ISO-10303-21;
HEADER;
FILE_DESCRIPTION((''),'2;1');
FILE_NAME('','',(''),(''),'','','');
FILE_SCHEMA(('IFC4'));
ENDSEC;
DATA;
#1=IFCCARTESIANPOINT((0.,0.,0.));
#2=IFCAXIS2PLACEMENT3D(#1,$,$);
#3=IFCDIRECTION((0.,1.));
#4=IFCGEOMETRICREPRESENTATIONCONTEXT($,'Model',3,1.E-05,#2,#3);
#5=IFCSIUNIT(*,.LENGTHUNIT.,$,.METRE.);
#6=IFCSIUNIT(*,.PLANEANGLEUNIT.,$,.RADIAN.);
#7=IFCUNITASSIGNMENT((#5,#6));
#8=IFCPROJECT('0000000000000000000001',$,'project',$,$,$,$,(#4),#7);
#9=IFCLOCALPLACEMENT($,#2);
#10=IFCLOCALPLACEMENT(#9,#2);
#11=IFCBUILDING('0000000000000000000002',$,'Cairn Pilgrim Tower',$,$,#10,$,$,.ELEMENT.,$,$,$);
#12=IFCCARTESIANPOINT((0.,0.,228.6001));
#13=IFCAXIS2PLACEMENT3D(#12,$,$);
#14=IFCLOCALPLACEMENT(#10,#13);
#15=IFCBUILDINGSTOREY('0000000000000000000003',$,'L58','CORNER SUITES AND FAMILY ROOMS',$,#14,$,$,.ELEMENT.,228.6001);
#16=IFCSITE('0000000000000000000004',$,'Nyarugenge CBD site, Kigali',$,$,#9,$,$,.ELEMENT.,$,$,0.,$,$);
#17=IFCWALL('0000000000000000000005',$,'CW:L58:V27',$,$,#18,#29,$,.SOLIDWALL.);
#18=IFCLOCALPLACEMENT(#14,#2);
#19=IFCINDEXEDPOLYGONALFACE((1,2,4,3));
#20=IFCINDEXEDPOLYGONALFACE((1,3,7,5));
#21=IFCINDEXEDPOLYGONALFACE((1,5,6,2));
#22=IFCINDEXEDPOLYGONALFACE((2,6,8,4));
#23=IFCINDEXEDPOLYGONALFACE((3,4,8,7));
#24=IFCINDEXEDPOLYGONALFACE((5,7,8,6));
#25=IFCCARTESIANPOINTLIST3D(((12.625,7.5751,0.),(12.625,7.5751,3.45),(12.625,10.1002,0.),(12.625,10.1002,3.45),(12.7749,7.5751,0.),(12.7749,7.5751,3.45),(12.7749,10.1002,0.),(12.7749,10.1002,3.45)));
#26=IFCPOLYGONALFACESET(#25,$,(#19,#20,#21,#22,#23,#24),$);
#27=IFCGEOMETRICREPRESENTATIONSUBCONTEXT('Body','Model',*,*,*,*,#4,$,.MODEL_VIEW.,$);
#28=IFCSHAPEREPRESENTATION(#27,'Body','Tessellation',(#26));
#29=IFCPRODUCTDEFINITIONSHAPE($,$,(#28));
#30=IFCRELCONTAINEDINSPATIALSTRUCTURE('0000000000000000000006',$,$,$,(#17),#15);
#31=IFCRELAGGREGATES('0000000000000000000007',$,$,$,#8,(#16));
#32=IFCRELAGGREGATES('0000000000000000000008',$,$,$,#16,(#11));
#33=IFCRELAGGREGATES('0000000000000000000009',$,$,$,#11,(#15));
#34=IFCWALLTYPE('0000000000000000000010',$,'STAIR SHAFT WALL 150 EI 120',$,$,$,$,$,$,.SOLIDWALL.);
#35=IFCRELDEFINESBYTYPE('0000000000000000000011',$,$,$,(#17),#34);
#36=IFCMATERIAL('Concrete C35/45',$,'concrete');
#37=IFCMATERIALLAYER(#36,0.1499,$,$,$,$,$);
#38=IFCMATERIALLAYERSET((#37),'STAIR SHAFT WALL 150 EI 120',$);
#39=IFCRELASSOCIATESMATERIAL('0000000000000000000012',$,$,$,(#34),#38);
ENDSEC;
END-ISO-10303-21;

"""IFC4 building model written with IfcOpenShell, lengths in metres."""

from ifc_helpers import new_model, si_unit, direction, frame, frame_2d, origin, place, context, subcontext, project, spatial, rectangle, extrude, material, layer, layer_set, type_object, element, save


model = new_model("IFC4")

# Units and contexts
model_context = context("Model", 3, precision=1e-05, world=origin(), true_north=direction((0.0, 1.0)))
body_context = subcontext(model_context, "Body", "Model", "MODEL_VIEW")
ifc_project = project(units=[si_unit("LENGTHUNIT", "METRE"), si_unit("PLANEANGLEUNIT", "RADIAN")], contexts=[model_context])

# Site, building, storey
site_placement = place(None, origin())
site = spatial("IfcSite", under=ifc_project, at=site_placement, Name="Nyarugenge CBD site, Kigali", CompositionType="ELEMENT", RefElevation=0.0)
building_placement = place(site_placement, origin())
building = spatial("IfcBuilding", under=site, at=building_placement, Name="Cairn Pilgrim Tower", CompositionType="ELEMENT")
storey_placement = place(building_placement, frame((0.0, 0.0, 228.6001)))
storey = spatial("IfcBuildingStorey", under=building, at=storey_placement, Name="L58", Description="CORNER SUITES AND FAMILY ROOMS", CompositionType="ELEMENT", Elevation=228.6001)

# Wall
ifc_material_1 = material(Name="Concrete C35/45", Category="concrete")
ifc_layer_1 = layer(ifc_material_1, 0.1499)
ifc_layer_set_1 = layer_set([ifc_layer_1], Name="STAIR SHAFT WALL 150 EI 120")
wall_type_1 = type_object("IfcWallType", Name="STAIR SHAFT WALL 150 EI 120", PredefinedType="SOLIDWALL", material=ifc_layer_set_1)
wall_1_placement = place(storey_placement, frame((12.7, 7.575, 0.0), z_axis=(0.0, 0.0, 1.0), x_axis=(0.0, 1.0, 0.0)))
element("IfcWall", 1, at=wall_1_placement, inside=storey, type_object=wall_type_1, Name="CW:L58:V27", PredefinedType="SOLIDWALL", context=body_context, shape_type="SweptSolid", body=[
    extrude(rectangle(XDim=2.5251, YDim=0.1499, at=frame_2d((1.2627, 0.0))), origin(), (0.0, 0.0, 1.0), 3.45),
])

save(model, "model.ifc")
